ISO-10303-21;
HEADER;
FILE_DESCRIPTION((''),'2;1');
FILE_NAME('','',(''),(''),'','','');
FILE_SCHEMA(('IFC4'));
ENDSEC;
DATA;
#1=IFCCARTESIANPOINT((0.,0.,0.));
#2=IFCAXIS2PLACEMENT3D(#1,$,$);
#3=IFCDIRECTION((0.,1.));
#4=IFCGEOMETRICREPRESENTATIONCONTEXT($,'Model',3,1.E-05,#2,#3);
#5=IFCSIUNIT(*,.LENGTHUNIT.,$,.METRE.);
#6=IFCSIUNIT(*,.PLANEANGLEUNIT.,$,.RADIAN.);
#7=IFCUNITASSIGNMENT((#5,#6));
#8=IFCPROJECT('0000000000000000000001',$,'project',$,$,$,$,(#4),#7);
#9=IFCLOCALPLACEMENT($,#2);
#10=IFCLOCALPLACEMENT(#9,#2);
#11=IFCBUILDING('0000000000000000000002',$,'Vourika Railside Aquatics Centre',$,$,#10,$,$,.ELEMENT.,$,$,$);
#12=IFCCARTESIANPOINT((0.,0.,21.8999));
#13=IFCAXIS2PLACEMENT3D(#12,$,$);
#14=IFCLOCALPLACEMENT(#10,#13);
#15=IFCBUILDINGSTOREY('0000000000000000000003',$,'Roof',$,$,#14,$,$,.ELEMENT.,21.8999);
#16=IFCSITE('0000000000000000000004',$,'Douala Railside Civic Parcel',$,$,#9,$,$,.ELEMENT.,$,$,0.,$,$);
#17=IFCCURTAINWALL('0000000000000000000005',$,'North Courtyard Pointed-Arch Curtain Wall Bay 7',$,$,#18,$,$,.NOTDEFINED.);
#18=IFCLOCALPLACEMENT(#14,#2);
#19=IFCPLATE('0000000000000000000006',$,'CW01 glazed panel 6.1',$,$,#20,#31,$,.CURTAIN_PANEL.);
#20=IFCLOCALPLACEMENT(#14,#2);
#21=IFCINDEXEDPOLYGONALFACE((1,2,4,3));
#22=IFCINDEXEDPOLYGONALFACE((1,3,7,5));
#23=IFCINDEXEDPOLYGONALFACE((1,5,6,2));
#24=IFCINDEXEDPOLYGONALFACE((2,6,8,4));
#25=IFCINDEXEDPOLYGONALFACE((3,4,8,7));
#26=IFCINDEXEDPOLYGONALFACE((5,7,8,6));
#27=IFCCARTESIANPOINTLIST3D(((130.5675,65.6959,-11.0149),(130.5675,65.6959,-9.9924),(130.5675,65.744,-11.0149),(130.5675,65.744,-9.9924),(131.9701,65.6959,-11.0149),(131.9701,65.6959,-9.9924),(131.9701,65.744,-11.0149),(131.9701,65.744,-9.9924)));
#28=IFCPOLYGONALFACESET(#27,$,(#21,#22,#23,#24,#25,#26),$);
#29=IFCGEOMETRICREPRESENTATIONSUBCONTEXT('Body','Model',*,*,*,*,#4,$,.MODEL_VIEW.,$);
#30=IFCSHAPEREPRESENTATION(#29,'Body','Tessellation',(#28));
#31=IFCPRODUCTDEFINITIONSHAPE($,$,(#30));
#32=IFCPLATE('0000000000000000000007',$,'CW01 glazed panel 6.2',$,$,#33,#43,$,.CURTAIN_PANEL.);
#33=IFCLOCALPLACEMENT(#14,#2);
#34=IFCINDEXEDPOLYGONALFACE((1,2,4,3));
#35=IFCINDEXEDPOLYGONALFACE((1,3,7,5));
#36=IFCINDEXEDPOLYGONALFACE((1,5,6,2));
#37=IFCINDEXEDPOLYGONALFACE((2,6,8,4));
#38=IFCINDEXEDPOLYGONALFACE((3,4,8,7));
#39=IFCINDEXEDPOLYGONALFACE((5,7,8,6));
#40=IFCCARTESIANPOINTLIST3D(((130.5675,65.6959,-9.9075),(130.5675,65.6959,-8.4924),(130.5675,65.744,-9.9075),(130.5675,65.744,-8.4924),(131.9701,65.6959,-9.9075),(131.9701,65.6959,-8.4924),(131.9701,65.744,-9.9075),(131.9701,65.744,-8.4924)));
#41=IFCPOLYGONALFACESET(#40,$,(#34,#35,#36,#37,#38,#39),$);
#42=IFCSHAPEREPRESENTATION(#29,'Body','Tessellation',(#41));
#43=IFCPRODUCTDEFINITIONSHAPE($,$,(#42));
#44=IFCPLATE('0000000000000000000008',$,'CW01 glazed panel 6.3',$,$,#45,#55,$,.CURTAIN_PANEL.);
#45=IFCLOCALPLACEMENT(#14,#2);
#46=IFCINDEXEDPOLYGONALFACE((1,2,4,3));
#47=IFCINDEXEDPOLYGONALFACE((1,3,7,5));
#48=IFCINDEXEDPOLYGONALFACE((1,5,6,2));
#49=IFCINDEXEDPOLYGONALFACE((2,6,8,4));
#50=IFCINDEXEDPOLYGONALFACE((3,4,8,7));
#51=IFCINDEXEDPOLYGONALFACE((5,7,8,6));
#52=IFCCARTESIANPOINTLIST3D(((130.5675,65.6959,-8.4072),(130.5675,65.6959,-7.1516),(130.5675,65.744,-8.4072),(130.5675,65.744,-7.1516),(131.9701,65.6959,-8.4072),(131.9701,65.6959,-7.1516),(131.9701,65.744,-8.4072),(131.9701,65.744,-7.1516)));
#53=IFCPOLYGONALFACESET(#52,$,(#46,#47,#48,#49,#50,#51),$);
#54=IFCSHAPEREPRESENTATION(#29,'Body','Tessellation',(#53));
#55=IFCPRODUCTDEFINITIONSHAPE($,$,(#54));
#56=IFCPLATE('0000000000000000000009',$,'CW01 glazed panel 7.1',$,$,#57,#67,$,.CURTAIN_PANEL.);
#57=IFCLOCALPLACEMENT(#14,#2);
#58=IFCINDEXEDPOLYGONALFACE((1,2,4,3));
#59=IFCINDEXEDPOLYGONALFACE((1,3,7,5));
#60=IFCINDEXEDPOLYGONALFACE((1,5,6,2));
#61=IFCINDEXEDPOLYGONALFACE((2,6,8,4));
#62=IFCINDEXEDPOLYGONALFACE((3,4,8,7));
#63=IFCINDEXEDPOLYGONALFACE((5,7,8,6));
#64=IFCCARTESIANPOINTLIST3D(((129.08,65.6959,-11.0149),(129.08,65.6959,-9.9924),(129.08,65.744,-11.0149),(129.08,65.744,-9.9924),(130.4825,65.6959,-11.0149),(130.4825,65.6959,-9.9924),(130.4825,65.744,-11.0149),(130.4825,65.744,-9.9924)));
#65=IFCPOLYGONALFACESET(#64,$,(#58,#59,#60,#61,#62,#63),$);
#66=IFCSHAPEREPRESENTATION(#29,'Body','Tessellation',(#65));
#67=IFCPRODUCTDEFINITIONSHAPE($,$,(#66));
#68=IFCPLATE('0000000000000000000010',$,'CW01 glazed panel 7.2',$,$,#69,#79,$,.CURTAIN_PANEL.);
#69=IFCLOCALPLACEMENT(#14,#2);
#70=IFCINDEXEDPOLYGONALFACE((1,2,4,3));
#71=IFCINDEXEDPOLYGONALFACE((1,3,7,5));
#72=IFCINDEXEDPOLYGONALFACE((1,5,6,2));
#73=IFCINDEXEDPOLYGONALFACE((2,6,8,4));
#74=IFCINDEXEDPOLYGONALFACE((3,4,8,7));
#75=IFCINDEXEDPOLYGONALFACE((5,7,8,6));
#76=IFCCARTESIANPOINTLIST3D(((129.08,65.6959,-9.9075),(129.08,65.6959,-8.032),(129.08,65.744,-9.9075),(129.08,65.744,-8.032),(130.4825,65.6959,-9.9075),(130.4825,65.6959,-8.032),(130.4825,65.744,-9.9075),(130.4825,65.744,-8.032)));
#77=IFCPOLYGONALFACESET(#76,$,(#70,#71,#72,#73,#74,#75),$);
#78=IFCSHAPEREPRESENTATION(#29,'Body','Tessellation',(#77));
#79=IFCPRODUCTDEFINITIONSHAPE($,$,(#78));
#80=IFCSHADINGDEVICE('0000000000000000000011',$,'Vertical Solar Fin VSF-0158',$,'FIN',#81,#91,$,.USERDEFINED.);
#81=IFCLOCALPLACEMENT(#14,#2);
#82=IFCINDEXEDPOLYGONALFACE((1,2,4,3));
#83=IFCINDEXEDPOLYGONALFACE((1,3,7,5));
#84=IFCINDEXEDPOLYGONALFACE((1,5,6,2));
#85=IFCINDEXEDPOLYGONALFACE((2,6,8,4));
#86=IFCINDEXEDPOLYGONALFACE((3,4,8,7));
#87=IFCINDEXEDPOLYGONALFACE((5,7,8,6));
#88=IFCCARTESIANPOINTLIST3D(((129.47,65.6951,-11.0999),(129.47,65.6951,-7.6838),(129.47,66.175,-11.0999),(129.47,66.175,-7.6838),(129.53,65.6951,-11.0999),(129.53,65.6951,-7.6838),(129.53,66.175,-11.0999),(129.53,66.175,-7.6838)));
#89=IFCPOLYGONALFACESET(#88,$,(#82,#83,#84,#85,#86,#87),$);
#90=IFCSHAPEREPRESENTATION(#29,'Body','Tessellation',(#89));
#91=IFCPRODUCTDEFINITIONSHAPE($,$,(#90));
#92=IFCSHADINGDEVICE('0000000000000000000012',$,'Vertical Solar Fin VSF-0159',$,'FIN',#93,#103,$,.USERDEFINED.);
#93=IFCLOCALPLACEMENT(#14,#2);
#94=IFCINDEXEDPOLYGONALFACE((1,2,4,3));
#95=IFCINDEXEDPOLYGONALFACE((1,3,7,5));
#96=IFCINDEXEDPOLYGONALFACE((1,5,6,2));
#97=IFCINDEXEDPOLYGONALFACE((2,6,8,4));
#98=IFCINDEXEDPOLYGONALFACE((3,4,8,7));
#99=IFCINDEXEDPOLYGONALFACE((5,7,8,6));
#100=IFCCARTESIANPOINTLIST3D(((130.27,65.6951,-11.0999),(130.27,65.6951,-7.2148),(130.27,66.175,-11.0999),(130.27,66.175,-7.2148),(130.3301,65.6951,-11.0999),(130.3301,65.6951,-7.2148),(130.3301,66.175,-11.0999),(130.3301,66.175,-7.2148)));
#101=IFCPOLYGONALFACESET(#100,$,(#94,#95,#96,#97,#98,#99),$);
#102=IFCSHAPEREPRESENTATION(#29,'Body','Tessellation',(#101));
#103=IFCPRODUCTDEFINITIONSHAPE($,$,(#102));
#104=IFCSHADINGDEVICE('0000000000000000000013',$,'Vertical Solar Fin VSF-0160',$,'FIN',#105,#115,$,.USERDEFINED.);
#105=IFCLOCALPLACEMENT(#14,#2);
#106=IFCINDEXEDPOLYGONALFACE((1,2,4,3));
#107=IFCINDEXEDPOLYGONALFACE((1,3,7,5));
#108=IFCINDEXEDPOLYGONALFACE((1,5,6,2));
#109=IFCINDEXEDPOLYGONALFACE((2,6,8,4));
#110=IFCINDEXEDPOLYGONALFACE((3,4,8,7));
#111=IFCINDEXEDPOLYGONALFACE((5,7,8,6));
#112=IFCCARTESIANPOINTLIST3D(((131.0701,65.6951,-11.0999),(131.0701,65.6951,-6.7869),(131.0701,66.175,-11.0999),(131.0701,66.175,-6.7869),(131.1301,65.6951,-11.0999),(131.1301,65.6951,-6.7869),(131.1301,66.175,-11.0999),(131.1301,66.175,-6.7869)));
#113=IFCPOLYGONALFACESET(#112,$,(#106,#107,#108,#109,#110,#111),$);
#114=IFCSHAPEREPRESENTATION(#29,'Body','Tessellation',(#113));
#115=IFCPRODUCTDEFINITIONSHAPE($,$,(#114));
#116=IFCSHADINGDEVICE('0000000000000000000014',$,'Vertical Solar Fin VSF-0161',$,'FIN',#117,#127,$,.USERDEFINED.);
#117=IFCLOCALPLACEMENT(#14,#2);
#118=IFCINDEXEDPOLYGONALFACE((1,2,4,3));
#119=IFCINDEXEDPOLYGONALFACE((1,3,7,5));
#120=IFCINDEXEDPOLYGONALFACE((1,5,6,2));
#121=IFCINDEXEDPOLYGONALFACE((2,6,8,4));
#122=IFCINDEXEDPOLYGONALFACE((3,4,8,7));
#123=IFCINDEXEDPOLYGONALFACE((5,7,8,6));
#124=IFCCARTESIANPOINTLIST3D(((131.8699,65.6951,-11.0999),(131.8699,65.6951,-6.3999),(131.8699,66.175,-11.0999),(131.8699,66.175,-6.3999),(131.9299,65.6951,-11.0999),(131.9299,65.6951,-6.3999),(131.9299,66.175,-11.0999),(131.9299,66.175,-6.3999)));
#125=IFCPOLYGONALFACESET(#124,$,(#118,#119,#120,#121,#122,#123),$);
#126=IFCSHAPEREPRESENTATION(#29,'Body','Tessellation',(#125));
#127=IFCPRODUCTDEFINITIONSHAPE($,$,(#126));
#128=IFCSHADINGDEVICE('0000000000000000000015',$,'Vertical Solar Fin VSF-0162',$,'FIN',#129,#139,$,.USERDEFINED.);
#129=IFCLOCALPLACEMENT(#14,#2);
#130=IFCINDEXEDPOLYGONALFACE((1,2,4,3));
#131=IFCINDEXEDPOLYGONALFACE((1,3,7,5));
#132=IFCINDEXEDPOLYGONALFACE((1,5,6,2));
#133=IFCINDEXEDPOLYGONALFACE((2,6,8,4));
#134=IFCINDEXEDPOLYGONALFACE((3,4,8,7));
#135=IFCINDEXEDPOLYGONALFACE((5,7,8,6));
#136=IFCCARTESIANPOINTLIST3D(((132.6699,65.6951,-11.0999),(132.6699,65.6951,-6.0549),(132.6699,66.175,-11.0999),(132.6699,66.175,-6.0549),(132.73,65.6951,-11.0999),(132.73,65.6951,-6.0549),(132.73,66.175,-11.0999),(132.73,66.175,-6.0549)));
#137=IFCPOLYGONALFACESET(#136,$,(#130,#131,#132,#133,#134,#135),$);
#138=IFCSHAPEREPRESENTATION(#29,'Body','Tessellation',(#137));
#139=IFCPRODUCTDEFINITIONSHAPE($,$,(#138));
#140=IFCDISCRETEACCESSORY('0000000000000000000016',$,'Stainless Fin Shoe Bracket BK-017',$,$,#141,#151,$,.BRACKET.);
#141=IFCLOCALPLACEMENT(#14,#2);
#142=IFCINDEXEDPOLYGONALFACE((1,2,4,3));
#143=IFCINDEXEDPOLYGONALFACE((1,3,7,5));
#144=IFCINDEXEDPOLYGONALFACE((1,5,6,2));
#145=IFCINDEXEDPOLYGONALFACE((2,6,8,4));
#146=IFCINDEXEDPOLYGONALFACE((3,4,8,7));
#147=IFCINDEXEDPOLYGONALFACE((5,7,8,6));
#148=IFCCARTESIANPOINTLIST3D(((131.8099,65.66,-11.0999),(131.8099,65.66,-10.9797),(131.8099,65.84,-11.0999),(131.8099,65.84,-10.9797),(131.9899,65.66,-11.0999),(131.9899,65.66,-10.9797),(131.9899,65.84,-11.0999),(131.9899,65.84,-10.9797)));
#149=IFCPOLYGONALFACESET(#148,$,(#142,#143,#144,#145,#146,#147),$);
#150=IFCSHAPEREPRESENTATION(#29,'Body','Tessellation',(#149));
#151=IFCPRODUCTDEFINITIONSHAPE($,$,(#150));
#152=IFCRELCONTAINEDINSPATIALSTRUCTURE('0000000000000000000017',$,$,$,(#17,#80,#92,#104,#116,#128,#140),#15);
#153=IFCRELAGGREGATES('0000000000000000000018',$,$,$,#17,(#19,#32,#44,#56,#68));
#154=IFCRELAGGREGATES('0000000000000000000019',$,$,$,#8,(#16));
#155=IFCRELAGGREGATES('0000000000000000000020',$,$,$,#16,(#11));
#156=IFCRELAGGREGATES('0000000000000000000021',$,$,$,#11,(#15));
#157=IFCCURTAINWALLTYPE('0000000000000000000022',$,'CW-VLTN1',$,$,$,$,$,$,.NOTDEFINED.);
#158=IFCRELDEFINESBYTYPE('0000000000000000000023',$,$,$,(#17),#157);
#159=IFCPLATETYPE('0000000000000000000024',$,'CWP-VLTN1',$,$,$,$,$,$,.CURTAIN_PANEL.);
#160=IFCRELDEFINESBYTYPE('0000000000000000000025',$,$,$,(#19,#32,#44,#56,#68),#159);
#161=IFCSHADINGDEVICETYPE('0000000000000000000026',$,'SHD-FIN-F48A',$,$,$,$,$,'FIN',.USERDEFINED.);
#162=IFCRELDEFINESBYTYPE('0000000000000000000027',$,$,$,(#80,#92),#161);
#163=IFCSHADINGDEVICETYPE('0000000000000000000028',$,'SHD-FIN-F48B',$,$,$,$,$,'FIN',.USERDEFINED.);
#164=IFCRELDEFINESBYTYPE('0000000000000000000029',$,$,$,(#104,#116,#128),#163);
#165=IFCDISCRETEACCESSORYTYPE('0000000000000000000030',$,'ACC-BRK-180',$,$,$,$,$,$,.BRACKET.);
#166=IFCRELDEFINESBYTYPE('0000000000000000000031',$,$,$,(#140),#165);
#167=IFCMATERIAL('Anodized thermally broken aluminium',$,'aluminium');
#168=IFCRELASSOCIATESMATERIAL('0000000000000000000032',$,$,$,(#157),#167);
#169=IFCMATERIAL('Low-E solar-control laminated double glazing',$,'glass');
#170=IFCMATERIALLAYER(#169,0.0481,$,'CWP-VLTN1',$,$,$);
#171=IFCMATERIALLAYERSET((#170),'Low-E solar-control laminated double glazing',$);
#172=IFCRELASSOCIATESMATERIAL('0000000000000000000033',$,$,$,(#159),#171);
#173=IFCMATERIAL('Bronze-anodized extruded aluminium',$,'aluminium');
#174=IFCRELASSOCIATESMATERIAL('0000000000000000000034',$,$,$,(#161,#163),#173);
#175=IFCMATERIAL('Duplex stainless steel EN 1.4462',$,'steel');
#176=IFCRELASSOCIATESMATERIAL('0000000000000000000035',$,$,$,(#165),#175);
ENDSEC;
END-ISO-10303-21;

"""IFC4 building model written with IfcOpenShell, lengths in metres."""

from ifc_helpers import new_model, si_unit, direction, frame, origin, origin_2d, place, context, subcontext, project, spatial, rectangle, extrude, material, layer, layer_set, material_profile, profile_set, type_object, element, aggregate, save


model = new_model("IFC4")

# Units and contexts
model_context = context("Model", 3, precision=1e-05, world=origin(), true_north=direction((0.0, 1.0)))
body_context = subcontext(model_context, "Body", "Model", "MODEL_VIEW")
ifc_project = project(units=[si_unit("LENGTHUNIT", "METRE"), si_unit("PLANEANGLEUNIT", "RADIAN")], contexts=[model_context])

# Site, building, storey
site_placement = place(None, origin())
site = spatial("IfcSite", under=ifc_project, at=site_placement, Name="Douala Railside Civic Parcel", CompositionType="ELEMENT", RefElevation=0.0)
building_placement = place(site_placement, origin())
building = spatial("IfcBuilding", under=site, at=building_placement, Name="Vourika Railside Aquatics Centre", CompositionType="ELEMENT")
storey_placement = place(building_placement, frame((0.0, 0.0, 21.8999)))
storey = spatial("IfcBuildingStorey", under=building, at=storey_placement, Name="Roof", CompositionType="ELEMENT", Elevation=21.8999)

# Curtain wall, plates
ifc_material_1 = material(Name="Anodized thermally broken aluminium", Category="aluminium")
curtain_wall_type = type_object("IfcCurtainWallType", Name="CW-VLTN1", PredefinedType="NOTDEFINED", material=ifc_material_1)
curtain_wall_placement = place(storey_placement, origin())
curtain_wall = element("IfcCurtainWall", 1, at=curtain_wall_placement, inside=storey, type_object=curtain_wall_type, Name="North Courtyard Pointed-Arch Curtain Wall Bay 7", PredefinedType="NOTDEFINED")
ifc_material_2 = material(Name="Low-E solar-control laminated double glazing", Category="glass")
ifc_layer = layer(ifc_material_2, 0.0481, Name="CWP-VLTN1")
ifc_layer_set = layer_set([ifc_layer], Name="Low-E solar-control laminated double glazing")
plate_type = type_object("IfcPlateType", Name="CWP-VLTN1", PredefinedType="CURTAIN_PANEL", material=ifc_layer_set)
plate_1_placement = place(storey_placement, frame((131.2688, 65.72, -11.0149), z_axis=(0.0, 0.0, 1.0), x_axis=(-1.0, 0.0, 0.0)))
plate_1 = element("IfcPlate", 2, at=plate_1_placement, type_object=plate_type, Name="CW01 glazed panel 6.1", PredefinedType="CURTAIN_PANEL", context=body_context, shape_type="SweptSolid", body=[
    extrude(rectangle(XDim=1.4026, YDim=0.0481, at=origin_2d()), origin(), (0.0, 0.0, 1.0), 1.0225),
])
plate_2_placement = place(storey_placement, frame((131.2688, 65.72, -9.9075), z_axis=(0.0, 0.0, 1.0), x_axis=(-1.0, 0.0, 0.0)))
plate_2 = element("IfcPlate", 3, at=plate_2_placement, type_object=plate_type, Name="CW01 glazed panel 6.2", PredefinedType="CURTAIN_PANEL", context=body_context, shape_type="SweptSolid", body=[
    extrude(rectangle(XDim=1.4026, YDim=0.0481, at=origin_2d()), origin(), (0.0, 0.0, 1.0), 1.415),
])
plate_3_placement = place(storey_placement, frame((131.2688, 65.72, -8.4072), z_axis=(0.0, 0.0, 1.0), x_axis=(-1.0, 0.0, 0.0)))
plate_3 = element("IfcPlate", 4, at=plate_3_placement, type_object=plate_type, Name="CW01 glazed panel 6.3", PredefinedType="CURTAIN_PANEL", context=body_context, shape_type="SweptSolid", body=[
    extrude(rectangle(XDim=1.4026, YDim=0.0481, at=origin_2d()), origin(), (0.0, 0.0, 1.0), 1.2556),
])
plate_4_placement = place(storey_placement, frame((129.7812, 65.72, -11.0149), z_axis=(0.0, 0.0, 1.0), x_axis=(-1.0, 0.0, 0.0)))
plate_4 = element("IfcPlate", 5, at=plate_4_placement, type_object=plate_type, Name="CW01 glazed panel 7.1", PredefinedType="CURTAIN_PANEL", context=body_context, shape_type="SweptSolid", body=[
    extrude(rectangle(XDim=1.4026, YDim=0.0481, at=origin_2d()), origin(), (0.0, 0.0, 1.0), 1.0225),
])
plate_5_placement = place(storey_placement, frame((129.7812, 65.72, -9.9075), z_axis=(0.0, 0.0, 1.0), x_axis=(-1.0, 0.0, 0.0)))
plate_5 = element("IfcPlate", 6, at=plate_5_placement, type_object=plate_type, Name="CW01 glazed panel 7.2", PredefinedType="CURTAIN_PANEL", context=body_context, shape_type="SweptSolid", body=[
    extrude(rectangle(XDim=1.4026, YDim=0.0481, at=origin_2d()), origin(), (0.0, 0.0, 1.0), 1.8755),
])
aggregate(curtain_wall, [plate_1, plate_2, plate_3, plate_4, plate_5])

# Shading devices
ifc_material_3 = material(Name="Bronze-anodized extruded aluminium", Category="aluminium")
ifc_material_profile_1 = material_profile(ifc_material_3, rectangle(XDim=0.0601, YDim=0.48, at=origin_2d()), Name="ALU-FIN 60x480")
ifc_profile_set_1 = profile_set([ifc_material_profile_1], Name="Bronze-anodized extruded aluminium")
shading_device_type_1 = type_object("IfcShadingDeviceType", Name="SHD-FIN-F48A", ElementType="FIN", PredefinedType="USERDEFINED", material=ifc_profile_set_1)
shading_device_1_placement = place(storey_placement, frame((129.5, 65.9351, -11.0999), z_axis=(0.0, 0.0, 1.0), x_axis=(1.0, 0.0, 0.0)))
element("IfcShadingDevice", 7, at=shading_device_1_placement, inside=storey, type_object=shading_device_type_1, Name="Vertical Solar Fin VSF-0158", ObjectType="FIN", PredefinedType="USERDEFINED", context=body_context, shape_type="SweptSolid", body=[
    extrude(rectangle(XDim=0.0601, YDim=0.48, at=origin_2d()), origin(), (0.0, 0.0, 1.0), 3.416),
])
shading_device_2_placement = place(storey_placement, frame((130.3, 65.9351, -11.0999), z_axis=(0.0, 0.0, 1.0), x_axis=(1.0, 0.0, 0.0)))
element("IfcShadingDevice", 8, at=shading_device_2_placement, inside=storey, type_object=shading_device_type_1, Name="Vertical Solar Fin VSF-0159", ObjectType="FIN", PredefinedType="USERDEFINED", context=body_context, shape_type="SweptSolid", body=[
    extrude(rectangle(XDim=0.0601, YDim=0.48, at=origin_2d()), origin(), (0.0, 0.0, 1.0), 3.885),
])
ifc_material_profile_2 = material_profile(ifc_material_3, rectangle(XDim=0.0601, YDim=0.48, at=origin_2d()), Name="ALU-FIN 60x480")
ifc_profile_set_2 = profile_set([ifc_material_profile_2], Name="Bronze-anodized extruded aluminium")
shading_device_type_2 = type_object("IfcShadingDeviceType", Name="SHD-FIN-F48B", ElementType="FIN", PredefinedType="USERDEFINED", material=ifc_profile_set_2)
shading_device_3_placement = place(storey_placement, frame((131.1001, 65.9351, -11.0999), z_axis=(0.0, 0.0, 1.0), x_axis=(1.0, 0.0, 0.0)))
element("IfcShadingDevice", 9, at=shading_device_3_placement, inside=storey, type_object=shading_device_type_2, Name="Vertical Solar Fin VSF-0160", ObjectType="FIN", PredefinedType="USERDEFINED", context=body_context, shape_type="SweptSolid", body=[
    extrude(rectangle(XDim=0.0601, YDim=0.48, at=origin_2d()), origin(), (0.0, 0.0, 1.0), 4.313),
])
shading_device_4_placement = place(storey_placement, frame((131.8999, 65.9351, -11.0999), z_axis=(0.0, 0.0, 1.0), x_axis=(1.0, 0.0, 0.0)))
element("IfcShadingDevice", 10, at=shading_device_4_placement, inside=storey, type_object=shading_device_type_2, Name="Vertical Solar Fin VSF-0161", ObjectType="FIN", PredefinedType="USERDEFINED", context=body_context, shape_type="SweptSolid", body=[
    extrude(rectangle(XDim=0.0601, YDim=0.48, at=origin_2d()), origin(), (0.0, 0.0, 1.0), 4.7),
])
shading_device_5_placement = place(storey_placement, frame((132.7, 65.9351, -11.0999), z_axis=(0.0, 0.0, 1.0), x_axis=(1.0, 0.0, 0.0)))
element("IfcShadingDevice", 11, at=shading_device_5_placement, inside=storey, type_object=shading_device_type_2, Name="Vertical Solar Fin VSF-0162", ObjectType="FIN", PredefinedType="USERDEFINED", context=body_context, shape_type="SweptSolid", body=[
    extrude(rectangle(XDim=0.0601, YDim=0.48, at=origin_2d()), origin(), (0.0, 0.0, 1.0), 5.0449),
])

# Discrete accessory
ifc_material_4 = material(Name="Duplex stainless steel EN 1.4462", Category="steel")
discrete_accessory_type = type_object("IfcDiscreteAccessoryType", Name="ACC-BRK-180", PredefinedType="BRACKET", material=ifc_material_4)
discrete_accessory_placement = place(storey_placement, frame((131.8999, 65.75, -11.0999), z_axis=(0.0, 0.0, 1.0), x_axis=(0.0, 1.0, 0.0)))
element("IfcDiscreteAccessory", 12, at=discrete_accessory_placement, inside=storey, type_object=discrete_accessory_type, Name="Stainless Fin Shoe Bracket BK-017", PredefinedType="BRACKET", context=body_context, shape_type="SweptSolid", body=[
    extrude(rectangle(XDim=0.1799, YDim=0.1799, at=origin_2d()), origin(), (0.0, 0.0, 1.0), 0.1201),
])

save(model, "model.ifc")
